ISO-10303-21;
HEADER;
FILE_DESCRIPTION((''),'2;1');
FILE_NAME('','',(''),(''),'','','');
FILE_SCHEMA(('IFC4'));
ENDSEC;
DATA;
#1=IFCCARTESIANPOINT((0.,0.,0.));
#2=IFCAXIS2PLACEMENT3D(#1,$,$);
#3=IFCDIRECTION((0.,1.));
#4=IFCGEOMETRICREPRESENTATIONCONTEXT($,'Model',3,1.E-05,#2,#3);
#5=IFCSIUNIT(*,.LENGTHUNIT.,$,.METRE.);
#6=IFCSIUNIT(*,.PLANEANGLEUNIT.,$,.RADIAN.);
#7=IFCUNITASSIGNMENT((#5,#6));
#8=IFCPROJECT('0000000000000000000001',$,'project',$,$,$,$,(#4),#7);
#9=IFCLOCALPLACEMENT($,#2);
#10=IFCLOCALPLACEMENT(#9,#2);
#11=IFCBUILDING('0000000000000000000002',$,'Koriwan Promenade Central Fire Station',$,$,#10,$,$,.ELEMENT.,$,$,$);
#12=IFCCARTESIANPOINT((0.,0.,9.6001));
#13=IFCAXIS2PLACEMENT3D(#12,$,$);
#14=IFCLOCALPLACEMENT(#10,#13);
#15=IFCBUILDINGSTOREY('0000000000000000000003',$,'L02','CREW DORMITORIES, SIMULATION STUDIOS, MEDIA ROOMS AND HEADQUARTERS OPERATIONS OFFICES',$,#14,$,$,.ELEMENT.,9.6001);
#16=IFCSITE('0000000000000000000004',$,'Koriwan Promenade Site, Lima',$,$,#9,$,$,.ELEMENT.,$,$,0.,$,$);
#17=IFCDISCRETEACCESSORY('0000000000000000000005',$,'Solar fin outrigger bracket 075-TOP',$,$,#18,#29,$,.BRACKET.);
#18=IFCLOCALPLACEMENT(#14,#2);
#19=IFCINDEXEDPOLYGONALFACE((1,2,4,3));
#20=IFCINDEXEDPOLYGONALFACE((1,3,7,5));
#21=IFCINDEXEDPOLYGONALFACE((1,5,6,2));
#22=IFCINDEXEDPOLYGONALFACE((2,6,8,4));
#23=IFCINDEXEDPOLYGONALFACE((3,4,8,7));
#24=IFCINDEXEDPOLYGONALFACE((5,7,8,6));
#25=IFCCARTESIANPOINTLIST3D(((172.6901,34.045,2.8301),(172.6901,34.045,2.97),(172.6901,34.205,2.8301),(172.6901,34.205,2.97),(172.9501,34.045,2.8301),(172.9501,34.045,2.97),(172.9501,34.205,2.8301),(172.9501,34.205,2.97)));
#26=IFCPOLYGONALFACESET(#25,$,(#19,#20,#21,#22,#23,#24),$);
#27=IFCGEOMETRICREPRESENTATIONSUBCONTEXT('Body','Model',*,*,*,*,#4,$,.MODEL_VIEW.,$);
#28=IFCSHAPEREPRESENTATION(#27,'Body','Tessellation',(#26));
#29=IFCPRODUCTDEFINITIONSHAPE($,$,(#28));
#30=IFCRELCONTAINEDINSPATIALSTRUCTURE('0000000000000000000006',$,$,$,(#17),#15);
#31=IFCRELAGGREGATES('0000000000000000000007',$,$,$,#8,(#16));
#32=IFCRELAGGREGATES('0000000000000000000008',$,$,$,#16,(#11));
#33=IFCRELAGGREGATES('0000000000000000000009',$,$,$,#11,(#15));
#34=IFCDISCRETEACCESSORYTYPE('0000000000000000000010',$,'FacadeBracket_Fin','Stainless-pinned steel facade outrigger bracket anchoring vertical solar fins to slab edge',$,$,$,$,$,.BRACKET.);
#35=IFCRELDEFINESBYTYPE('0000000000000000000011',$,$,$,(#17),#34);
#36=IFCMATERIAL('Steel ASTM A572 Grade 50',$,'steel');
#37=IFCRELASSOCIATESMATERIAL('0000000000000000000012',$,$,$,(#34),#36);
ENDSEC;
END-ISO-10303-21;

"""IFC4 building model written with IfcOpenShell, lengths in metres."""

from ifc_helpers import new_model, si_unit, direction, frame, origin, origin_2d, place, context, subcontext, project, spatial, rectangle, extrude, material, type_object, element, save


model = new_model("IFC4")

# Units and contexts
model_context = context("Model", 3, precision=1e-05, world=origin(), true_north=direction((0.0, 1.0)))
body_context = subcontext(model_context, "Body", "Model", "MODEL_VIEW")
ifc_project = project(units=[si_unit("LENGTHUNIT", "METRE"), si_unit("PLANEANGLEUNIT", "RADIAN")], contexts=[model_context])

# Site, building, storey
site_placement = place(None, origin())
site = spatial("IfcSite", under=ifc_project, at=site_placement, Name="Koriwan Promenade Site, Lima", CompositionType="ELEMENT", RefElevation=0.0)
building_placement = place(site_placement, origin())
building = spatial("IfcBuilding", under=site, at=building_placement, Name="Koriwan Promenade Central Fire Station", CompositionType="ELEMENT")
storey_placement = place(building_placement, frame((0.0, 0.0, 9.6001)))
storey = spatial("IfcBuildingStorey", under=building, at=storey_placement, Name="L02", Description="CREW DORMITORIES, SIMULATION STUDIOS, MEDIA ROOMS AND HEADQUARTERS OPERATIONS OFFICES", CompositionType="ELEMENT", Elevation=9.6001)

# Discrete accessory
ifc_material_1 = material(Name="Steel ASTM A572 Grade 50", Category="steel")
discrete_accessory_type = type_object("IfcDiscreteAccessoryType", Name="FacadeBracket_Fin", Description="Stainless-pinned steel facade outrigger bracket anchoring vertical solar fins to slab edge", PredefinedType="BRACKET", material=ifc_material_1)
for number, where, z_axis, x_axis, name in (
    (1, (172.8201, 34.125, 2.8301), (0.0, 0.0, 1.0), (1.0, 0.0, 0.0), "Solar fin outrigger bracket 075-TOP"),
):
    element("IfcDiscreteAccessory", number, at=place(storey_placement, frame(where, z_axis=z_axis, x_axis=x_axis)), inside=storey, type_object=discrete_accessory_type, Name=name, PredefinedType="BRACKET", context=body_context, shape_type="SweptSolid", body=[
        extrude(rectangle(XDim=0.26, YDim=0.1599, at=origin_2d()), origin(), (0.0, 0.0, 1.0), 0.1399),
    ])

save(model, "model.ifc")
